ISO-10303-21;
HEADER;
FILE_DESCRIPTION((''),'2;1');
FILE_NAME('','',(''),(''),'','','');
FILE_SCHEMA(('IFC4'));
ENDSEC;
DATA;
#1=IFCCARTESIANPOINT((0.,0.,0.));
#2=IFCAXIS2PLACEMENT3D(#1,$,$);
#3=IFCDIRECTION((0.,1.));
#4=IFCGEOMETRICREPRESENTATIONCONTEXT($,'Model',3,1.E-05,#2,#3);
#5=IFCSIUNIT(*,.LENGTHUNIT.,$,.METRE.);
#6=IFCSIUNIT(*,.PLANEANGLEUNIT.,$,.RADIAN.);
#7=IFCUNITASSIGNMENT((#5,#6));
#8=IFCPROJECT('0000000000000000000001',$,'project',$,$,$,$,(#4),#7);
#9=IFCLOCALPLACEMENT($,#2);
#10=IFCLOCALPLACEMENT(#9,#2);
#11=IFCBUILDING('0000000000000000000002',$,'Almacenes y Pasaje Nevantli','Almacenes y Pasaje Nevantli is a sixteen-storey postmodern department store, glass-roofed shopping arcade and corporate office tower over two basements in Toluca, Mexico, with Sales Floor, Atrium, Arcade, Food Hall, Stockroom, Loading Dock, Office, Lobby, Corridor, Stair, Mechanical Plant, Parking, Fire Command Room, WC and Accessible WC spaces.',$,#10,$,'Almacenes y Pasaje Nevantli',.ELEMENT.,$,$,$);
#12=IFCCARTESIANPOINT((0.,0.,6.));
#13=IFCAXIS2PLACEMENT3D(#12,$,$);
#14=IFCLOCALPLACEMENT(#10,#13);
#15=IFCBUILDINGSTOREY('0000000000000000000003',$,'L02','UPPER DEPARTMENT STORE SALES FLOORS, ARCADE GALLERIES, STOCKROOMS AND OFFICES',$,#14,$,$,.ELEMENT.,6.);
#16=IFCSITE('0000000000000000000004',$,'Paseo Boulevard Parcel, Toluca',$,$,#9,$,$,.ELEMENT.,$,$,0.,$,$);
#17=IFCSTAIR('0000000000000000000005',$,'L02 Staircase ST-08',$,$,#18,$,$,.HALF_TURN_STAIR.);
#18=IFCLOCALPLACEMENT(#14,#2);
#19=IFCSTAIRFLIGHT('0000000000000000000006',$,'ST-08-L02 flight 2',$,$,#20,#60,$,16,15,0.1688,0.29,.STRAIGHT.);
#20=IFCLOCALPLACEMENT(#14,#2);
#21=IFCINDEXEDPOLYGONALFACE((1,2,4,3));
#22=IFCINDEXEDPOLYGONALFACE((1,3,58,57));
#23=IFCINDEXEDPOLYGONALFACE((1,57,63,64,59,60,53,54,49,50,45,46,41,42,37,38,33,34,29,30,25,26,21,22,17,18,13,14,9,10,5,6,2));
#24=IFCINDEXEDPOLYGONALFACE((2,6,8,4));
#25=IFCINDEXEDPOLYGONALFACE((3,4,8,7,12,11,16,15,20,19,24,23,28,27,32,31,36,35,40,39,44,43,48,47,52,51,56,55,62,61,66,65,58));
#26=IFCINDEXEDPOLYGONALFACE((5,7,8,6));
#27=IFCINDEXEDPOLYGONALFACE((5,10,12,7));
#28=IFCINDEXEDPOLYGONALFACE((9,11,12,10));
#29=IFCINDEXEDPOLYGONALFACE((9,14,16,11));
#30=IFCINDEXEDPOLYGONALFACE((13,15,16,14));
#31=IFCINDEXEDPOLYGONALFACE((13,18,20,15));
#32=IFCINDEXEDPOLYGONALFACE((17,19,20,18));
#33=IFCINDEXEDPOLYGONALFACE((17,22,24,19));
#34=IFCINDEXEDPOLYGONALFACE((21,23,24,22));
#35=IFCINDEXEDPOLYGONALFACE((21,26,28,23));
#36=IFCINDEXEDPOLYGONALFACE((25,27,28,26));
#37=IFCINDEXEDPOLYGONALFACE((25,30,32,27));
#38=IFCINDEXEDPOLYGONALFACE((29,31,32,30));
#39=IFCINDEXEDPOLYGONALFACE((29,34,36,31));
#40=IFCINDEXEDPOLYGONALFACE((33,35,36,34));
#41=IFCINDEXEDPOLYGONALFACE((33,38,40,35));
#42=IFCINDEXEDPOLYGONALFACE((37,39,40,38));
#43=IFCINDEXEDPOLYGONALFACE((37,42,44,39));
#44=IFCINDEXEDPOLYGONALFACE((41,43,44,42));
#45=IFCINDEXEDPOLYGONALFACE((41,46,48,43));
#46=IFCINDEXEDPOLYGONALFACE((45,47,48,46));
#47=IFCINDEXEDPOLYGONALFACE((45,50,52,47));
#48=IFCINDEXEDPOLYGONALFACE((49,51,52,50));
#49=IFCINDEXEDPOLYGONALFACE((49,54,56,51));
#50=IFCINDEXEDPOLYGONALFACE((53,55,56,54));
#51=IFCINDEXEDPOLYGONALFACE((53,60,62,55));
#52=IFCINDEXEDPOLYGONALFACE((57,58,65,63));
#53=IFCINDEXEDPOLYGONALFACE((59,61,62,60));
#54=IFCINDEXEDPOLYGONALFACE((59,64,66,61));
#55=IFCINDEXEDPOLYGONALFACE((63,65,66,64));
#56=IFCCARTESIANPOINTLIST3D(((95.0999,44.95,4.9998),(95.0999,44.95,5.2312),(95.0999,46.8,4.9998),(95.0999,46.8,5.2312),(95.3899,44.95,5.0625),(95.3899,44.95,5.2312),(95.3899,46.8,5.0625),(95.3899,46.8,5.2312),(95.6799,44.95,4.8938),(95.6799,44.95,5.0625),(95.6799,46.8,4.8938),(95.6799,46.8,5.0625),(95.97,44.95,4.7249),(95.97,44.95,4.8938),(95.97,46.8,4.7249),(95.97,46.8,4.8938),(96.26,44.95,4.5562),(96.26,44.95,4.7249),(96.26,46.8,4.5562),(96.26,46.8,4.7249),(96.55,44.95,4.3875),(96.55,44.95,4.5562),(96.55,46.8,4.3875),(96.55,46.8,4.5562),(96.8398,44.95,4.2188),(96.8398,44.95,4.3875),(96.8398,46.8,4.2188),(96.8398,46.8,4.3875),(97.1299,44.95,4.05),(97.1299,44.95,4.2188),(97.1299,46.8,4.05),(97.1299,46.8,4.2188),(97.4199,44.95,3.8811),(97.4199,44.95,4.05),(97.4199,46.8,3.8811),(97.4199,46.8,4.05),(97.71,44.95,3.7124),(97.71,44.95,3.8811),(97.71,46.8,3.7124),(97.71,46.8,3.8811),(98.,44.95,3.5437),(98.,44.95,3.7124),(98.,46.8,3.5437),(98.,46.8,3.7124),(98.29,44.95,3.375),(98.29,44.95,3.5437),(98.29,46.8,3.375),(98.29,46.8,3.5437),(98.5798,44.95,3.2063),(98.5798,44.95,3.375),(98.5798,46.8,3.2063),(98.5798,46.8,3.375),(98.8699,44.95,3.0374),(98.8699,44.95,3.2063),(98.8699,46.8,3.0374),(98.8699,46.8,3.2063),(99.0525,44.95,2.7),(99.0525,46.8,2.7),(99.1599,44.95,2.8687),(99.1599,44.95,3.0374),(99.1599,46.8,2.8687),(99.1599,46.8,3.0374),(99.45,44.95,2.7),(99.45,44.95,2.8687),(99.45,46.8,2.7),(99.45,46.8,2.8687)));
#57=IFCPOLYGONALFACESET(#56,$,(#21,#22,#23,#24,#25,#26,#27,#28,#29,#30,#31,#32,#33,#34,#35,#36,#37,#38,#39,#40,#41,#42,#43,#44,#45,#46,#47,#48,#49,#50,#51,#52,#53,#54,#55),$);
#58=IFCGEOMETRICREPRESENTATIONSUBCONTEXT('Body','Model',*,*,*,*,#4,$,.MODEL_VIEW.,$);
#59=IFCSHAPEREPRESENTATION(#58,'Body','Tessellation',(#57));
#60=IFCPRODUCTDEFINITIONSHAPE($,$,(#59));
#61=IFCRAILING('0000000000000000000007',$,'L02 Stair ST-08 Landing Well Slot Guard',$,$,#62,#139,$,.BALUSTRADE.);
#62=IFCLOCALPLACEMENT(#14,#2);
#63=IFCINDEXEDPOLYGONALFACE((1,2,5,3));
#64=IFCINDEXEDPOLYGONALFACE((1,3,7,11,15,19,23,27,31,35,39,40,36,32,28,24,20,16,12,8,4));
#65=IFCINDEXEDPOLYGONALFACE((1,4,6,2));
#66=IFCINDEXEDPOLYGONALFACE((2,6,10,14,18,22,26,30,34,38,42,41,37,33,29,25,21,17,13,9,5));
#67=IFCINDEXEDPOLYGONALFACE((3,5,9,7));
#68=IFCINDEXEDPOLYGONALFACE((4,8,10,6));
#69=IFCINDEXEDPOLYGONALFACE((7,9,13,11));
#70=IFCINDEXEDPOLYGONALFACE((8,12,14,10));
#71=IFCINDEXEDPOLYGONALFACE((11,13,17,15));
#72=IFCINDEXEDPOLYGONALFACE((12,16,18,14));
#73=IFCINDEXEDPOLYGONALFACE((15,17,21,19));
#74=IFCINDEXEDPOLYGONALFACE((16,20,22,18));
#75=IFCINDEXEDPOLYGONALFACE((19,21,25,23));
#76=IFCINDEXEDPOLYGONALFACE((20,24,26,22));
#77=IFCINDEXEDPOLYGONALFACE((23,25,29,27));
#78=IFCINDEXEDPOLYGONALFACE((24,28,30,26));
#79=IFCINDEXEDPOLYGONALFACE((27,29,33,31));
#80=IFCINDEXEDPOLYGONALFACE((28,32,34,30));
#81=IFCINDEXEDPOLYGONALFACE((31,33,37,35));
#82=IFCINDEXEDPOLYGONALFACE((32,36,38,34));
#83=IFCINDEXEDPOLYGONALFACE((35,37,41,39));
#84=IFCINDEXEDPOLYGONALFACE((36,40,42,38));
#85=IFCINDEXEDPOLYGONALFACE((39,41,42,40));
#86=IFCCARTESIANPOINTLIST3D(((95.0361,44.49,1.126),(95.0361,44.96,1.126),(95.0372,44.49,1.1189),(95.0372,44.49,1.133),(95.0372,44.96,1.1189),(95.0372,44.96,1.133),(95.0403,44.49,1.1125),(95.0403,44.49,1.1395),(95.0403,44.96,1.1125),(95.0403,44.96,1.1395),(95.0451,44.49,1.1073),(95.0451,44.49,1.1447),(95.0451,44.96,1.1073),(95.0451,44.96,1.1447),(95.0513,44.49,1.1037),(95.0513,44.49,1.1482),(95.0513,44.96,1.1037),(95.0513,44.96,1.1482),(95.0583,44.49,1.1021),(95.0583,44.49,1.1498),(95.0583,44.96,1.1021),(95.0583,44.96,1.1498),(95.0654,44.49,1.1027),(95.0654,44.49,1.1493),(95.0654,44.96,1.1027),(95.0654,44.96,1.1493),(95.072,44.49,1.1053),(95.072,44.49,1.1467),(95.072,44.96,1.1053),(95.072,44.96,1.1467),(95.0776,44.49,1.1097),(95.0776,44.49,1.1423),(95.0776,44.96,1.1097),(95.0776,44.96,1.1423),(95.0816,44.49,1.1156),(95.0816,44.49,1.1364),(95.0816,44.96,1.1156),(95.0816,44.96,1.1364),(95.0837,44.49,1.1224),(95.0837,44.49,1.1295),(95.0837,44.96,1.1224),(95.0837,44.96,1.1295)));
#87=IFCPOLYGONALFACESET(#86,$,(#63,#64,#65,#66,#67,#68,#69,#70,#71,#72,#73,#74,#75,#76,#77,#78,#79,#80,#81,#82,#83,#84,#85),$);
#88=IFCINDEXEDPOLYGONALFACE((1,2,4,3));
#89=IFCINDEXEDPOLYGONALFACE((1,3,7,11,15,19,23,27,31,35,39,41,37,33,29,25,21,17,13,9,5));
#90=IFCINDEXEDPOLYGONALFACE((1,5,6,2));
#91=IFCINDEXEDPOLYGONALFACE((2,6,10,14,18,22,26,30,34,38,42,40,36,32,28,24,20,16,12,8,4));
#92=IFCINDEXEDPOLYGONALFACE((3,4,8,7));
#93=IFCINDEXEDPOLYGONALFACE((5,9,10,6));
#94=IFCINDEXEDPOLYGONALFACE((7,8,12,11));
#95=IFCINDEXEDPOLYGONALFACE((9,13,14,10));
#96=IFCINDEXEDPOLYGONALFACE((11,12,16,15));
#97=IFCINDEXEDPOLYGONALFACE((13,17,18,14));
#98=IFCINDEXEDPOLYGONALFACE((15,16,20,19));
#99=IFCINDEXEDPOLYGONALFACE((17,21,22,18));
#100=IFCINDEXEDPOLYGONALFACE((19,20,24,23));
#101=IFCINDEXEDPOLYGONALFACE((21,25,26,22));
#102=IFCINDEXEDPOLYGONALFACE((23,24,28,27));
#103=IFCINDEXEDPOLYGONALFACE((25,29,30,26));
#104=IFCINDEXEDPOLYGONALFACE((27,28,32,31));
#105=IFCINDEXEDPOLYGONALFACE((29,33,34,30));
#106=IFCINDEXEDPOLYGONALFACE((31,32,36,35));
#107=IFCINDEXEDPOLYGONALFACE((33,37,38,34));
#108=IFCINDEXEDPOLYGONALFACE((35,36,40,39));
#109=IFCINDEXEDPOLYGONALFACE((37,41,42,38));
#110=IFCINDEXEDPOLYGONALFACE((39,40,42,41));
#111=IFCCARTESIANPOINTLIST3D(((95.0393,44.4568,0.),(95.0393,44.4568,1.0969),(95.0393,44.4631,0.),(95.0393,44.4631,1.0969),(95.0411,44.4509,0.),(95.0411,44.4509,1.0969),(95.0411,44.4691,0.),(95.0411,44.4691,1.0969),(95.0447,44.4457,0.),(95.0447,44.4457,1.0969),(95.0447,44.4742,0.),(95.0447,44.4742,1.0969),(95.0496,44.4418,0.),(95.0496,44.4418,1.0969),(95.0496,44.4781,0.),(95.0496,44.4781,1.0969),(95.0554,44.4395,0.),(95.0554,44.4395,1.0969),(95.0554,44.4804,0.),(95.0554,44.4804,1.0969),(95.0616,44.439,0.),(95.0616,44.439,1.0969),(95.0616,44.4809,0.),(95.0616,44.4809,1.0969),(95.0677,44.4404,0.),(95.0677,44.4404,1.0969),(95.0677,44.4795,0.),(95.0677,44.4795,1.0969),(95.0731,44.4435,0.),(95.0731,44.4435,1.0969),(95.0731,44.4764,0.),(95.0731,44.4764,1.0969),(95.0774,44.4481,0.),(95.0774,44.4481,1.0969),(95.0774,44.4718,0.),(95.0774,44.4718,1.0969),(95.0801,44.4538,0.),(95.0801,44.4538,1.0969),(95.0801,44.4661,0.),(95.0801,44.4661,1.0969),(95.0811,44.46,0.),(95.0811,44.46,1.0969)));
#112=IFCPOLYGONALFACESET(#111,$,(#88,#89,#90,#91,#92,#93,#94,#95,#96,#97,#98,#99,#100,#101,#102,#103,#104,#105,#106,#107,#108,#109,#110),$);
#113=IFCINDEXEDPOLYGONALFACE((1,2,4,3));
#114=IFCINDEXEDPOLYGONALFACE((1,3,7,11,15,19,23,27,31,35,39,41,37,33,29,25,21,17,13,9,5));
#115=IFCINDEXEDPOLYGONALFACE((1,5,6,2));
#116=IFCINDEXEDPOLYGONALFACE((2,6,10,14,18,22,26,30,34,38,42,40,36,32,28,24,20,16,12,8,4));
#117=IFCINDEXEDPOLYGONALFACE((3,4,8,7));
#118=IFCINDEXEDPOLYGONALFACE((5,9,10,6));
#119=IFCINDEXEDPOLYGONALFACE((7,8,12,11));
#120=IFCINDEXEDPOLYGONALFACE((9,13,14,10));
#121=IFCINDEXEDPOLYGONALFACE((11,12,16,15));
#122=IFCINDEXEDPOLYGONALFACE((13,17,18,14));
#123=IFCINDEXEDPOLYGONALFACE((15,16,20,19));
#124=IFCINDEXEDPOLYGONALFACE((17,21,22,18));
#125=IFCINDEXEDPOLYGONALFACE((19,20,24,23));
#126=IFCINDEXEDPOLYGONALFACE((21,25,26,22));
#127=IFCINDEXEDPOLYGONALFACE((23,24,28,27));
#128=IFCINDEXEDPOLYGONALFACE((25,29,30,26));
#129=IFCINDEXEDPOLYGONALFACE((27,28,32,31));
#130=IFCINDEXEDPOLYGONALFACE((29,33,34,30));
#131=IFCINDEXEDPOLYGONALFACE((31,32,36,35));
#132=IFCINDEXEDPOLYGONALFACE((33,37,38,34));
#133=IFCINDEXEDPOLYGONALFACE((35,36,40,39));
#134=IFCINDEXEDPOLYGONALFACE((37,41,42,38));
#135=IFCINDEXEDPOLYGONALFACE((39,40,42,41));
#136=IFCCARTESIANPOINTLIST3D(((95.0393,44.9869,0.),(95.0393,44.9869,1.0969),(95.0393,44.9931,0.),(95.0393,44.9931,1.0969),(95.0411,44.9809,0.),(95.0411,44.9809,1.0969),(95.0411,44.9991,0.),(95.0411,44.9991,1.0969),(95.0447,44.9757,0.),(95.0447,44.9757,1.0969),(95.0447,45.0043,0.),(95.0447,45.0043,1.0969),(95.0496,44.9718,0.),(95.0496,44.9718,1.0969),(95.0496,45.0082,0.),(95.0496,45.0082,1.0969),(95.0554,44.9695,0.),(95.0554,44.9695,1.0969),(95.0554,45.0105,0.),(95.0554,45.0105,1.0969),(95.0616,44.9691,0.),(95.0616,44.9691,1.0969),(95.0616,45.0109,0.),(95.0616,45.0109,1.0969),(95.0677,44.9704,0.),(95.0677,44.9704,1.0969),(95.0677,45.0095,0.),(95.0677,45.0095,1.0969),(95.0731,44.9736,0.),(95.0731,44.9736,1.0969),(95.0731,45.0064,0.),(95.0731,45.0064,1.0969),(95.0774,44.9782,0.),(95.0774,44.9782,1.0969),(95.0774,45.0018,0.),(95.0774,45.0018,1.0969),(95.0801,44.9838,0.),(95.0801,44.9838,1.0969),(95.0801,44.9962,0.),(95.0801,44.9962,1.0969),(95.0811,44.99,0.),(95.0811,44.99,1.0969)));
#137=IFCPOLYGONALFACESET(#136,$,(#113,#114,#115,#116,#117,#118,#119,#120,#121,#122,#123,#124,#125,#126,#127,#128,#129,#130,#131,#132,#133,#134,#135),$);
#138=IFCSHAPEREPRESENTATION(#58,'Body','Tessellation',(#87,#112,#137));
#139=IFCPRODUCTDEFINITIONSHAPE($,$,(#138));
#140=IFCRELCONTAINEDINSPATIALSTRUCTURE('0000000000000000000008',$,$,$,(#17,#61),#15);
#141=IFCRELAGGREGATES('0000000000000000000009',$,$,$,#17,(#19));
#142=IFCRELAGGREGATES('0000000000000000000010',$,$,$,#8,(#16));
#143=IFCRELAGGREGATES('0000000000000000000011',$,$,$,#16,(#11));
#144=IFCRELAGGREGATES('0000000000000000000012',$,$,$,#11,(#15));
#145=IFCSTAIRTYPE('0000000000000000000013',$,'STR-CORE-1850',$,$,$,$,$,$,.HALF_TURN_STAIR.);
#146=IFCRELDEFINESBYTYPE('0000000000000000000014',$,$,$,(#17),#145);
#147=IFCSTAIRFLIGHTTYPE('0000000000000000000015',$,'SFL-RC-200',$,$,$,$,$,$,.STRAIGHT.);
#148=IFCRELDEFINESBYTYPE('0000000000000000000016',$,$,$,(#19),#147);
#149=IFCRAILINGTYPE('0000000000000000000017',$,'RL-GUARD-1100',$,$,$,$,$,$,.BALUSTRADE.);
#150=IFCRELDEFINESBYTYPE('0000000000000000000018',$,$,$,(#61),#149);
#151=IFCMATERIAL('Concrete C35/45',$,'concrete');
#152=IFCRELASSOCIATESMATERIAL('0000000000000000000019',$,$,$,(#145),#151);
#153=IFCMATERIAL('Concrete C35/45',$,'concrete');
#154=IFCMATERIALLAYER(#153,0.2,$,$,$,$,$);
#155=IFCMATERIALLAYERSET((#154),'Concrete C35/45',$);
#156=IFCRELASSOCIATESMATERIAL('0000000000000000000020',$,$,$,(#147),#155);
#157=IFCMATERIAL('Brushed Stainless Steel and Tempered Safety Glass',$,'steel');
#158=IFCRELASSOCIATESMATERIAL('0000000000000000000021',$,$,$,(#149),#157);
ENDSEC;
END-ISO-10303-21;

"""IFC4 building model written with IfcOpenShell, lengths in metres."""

from ifc_helpers import new_model, si_unit, direction, frame, origin, origin_2d, place, context, subcontext, project, spatial, polyline, circle, outline, extrude, material, layer, layer_set, type_object, element, aggregate, save


model = new_model("IFC4")

# Units and contexts
model_context = context("Model", 3, precision=1e-05, world=origin(), true_north=direction((0.0, 1.0)))
body_context = subcontext(model_context, "Body", "Model", "MODEL_VIEW")
ifc_project = project(units=[si_unit("LENGTHUNIT", "METRE"), si_unit("PLANEANGLEUNIT", "RADIAN")], contexts=[model_context])

# Site, building, storey
site_placement = place(None, origin())
site = spatial("IfcSite", under=ifc_project, at=site_placement, Name="Paseo Boulevard Parcel, Toluca", CompositionType="ELEMENT", RefElevation=0.0)
building_placement = place(site_placement, origin())
building = spatial("IfcBuilding", under=site, at=building_placement, Name="Almacenes y Pasaje Nevantli", Description="Almacenes y Pasaje Nevantli is a sixteen-storey postmodern department store, glass-roofed shopping arcade and corporate office tower over two basements in Toluca, Mexico, with Sales Floor, Atrium, Arcade, Food Hall, Stockroom, Loading Dock, Office, Lobby, Corridor, Stair, Mechanical Plant, Parking, Fire Command Room, WC and Accessible WC spaces.", LongName="Almacenes y Pasaje Nevantli", CompositionType="ELEMENT")
storey_placement = place(building_placement, frame((0.0, 0.0, 6.0)))
storey = spatial("IfcBuildingStorey", under=building, at=storey_placement, Name="L02", Description="UPPER DEPARTMENT STORE SALES FLOORS, ARCADE GALLERIES, STOCKROOMS AND OFFICES", CompositionType="ELEMENT", Elevation=6.0)

# Stair, stair flight
ifc_material_1 = material(Name="Concrete C35/45", Category="concrete")
stair_type = type_object("IfcStairType", Name="STR-CORE-1850", PredefinedType="HALF_TURN_STAIR", material=ifc_material_1)
stair_placement = place(storey_placement, origin())
stair = element("IfcStair", 1, at=stair_placement, inside=storey, type_object=stair_type, Name="L02 Staircase ST-08", PredefinedType="HALF_TURN_STAIR")
ifc_material_2 = material(Name="Concrete C35/45", Category="concrete")
ifc_layer_1 = layer(ifc_material_2, 0.2)
ifc_layer_set_1 = layer_set([ifc_layer_1], Name="Concrete C35/45")
stair_flight_type = type_object("IfcStairFlightType", Name="SFL-RC-200", PredefinedType="STRAIGHT", material=ifc_layer_set_1)
stair_flight_1_placement = place(storey_placement, frame((99.45, 45.875, 2.7), z_axis=(0.0, 0.0, 1.0), x_axis=(-1.0, 0.0, 0.0)))
stair_flight_1 = element("IfcStairFlight", 2, at=stair_flight_1_placement, type_object=stair_flight_type, Name="ST-08-L02 flight 2", NumberOfRisers=16, NumberOfTreads=15, PredefinedType="STRAIGHT", RiserHeight=0.1688, TreadLength=0.29, context=body_context, shape_type="SweptSolid", body=[
    extrude(outline(polyline([(0.0, 0.0), (0.0, 0.1687), (0.29, 0.1687), (0.29, 0.3374), (0.5801, 0.3374), (0.5801, 0.5063), (0.8701, 0.5063), (0.8701, 0.675), (1.1599, 0.675), (1.1599, 0.8438), (1.45, 0.8438), (1.45, 1.0125), (1.74, 1.0125), (1.74, 1.1812), (2.03, 1.1812), (2.03, 1.3501), (2.3201, 1.3501), (2.3201, 1.5188), (2.6101, 1.5188), (2.6101, 1.6875), (2.8999, 1.6875), (2.8999, 1.8562), (3.1899, 1.8562), (3.1899, 2.0249), (3.48, 2.0249), (3.48, 2.1938), (3.77, 2.1938), (3.77, 2.3625), (4.0601, 2.3625), (4.0601, 2.5312), (4.3501, 2.5312), (4.3501, 2.7), (4.3501, 2.2998), (0.3975, 0.0), (0.0, 0.0)])), frame((0.0, 0.925, 0.0), z_axis=(0.0, -1.0, 0.0), x_axis=(1.0, 0.0, 0.0)), (0.0, 0.0, 1.0), 1.8501),
])
aggregate(stair, [stair_flight_1])

# Railing
ifc_material_3 = material(Name="Brushed Stainless Steel and Tempered Safety Glass", Category="steel")
railing_type_1 = type_object("IfcRailingType", Name="RL-GUARD-1100", PredefinedType="BALUSTRADE", material=ifc_material_3)
railing_1_placement = place(storey_placement, frame((95.0601, 44.46, 0.0)))
element("IfcRailing", 3, at=railing_1_placement, inside=storey, type_object=railing_type_1, Name="L02 Stair ST-08 Landing Well Slot Guard", PredefinedType="BALUSTRADE", context=body_context, shape_type="SweptSolid", body=[
    extrude(circle(Radius=0.0239, at=origin_2d()), frame((0.0, 0.03, 1.126), z_axis=(0.0, 1.0, 0.0), x_axis=(-1.0, 0.0, 0.0)), (0.0, 0.0, 1.0), 0.47),
    extrude(circle(Radius=0.021, at=origin_2d()), origin(), (0.0, 0.0, 1.0), 1.0969),
    extrude(circle(Radius=0.021, at=origin_2d()), frame((0.0, 0.53, 0.0)), (0.0, 0.0, 1.0), 1.0969),
])

save(model, "model.ifc")
